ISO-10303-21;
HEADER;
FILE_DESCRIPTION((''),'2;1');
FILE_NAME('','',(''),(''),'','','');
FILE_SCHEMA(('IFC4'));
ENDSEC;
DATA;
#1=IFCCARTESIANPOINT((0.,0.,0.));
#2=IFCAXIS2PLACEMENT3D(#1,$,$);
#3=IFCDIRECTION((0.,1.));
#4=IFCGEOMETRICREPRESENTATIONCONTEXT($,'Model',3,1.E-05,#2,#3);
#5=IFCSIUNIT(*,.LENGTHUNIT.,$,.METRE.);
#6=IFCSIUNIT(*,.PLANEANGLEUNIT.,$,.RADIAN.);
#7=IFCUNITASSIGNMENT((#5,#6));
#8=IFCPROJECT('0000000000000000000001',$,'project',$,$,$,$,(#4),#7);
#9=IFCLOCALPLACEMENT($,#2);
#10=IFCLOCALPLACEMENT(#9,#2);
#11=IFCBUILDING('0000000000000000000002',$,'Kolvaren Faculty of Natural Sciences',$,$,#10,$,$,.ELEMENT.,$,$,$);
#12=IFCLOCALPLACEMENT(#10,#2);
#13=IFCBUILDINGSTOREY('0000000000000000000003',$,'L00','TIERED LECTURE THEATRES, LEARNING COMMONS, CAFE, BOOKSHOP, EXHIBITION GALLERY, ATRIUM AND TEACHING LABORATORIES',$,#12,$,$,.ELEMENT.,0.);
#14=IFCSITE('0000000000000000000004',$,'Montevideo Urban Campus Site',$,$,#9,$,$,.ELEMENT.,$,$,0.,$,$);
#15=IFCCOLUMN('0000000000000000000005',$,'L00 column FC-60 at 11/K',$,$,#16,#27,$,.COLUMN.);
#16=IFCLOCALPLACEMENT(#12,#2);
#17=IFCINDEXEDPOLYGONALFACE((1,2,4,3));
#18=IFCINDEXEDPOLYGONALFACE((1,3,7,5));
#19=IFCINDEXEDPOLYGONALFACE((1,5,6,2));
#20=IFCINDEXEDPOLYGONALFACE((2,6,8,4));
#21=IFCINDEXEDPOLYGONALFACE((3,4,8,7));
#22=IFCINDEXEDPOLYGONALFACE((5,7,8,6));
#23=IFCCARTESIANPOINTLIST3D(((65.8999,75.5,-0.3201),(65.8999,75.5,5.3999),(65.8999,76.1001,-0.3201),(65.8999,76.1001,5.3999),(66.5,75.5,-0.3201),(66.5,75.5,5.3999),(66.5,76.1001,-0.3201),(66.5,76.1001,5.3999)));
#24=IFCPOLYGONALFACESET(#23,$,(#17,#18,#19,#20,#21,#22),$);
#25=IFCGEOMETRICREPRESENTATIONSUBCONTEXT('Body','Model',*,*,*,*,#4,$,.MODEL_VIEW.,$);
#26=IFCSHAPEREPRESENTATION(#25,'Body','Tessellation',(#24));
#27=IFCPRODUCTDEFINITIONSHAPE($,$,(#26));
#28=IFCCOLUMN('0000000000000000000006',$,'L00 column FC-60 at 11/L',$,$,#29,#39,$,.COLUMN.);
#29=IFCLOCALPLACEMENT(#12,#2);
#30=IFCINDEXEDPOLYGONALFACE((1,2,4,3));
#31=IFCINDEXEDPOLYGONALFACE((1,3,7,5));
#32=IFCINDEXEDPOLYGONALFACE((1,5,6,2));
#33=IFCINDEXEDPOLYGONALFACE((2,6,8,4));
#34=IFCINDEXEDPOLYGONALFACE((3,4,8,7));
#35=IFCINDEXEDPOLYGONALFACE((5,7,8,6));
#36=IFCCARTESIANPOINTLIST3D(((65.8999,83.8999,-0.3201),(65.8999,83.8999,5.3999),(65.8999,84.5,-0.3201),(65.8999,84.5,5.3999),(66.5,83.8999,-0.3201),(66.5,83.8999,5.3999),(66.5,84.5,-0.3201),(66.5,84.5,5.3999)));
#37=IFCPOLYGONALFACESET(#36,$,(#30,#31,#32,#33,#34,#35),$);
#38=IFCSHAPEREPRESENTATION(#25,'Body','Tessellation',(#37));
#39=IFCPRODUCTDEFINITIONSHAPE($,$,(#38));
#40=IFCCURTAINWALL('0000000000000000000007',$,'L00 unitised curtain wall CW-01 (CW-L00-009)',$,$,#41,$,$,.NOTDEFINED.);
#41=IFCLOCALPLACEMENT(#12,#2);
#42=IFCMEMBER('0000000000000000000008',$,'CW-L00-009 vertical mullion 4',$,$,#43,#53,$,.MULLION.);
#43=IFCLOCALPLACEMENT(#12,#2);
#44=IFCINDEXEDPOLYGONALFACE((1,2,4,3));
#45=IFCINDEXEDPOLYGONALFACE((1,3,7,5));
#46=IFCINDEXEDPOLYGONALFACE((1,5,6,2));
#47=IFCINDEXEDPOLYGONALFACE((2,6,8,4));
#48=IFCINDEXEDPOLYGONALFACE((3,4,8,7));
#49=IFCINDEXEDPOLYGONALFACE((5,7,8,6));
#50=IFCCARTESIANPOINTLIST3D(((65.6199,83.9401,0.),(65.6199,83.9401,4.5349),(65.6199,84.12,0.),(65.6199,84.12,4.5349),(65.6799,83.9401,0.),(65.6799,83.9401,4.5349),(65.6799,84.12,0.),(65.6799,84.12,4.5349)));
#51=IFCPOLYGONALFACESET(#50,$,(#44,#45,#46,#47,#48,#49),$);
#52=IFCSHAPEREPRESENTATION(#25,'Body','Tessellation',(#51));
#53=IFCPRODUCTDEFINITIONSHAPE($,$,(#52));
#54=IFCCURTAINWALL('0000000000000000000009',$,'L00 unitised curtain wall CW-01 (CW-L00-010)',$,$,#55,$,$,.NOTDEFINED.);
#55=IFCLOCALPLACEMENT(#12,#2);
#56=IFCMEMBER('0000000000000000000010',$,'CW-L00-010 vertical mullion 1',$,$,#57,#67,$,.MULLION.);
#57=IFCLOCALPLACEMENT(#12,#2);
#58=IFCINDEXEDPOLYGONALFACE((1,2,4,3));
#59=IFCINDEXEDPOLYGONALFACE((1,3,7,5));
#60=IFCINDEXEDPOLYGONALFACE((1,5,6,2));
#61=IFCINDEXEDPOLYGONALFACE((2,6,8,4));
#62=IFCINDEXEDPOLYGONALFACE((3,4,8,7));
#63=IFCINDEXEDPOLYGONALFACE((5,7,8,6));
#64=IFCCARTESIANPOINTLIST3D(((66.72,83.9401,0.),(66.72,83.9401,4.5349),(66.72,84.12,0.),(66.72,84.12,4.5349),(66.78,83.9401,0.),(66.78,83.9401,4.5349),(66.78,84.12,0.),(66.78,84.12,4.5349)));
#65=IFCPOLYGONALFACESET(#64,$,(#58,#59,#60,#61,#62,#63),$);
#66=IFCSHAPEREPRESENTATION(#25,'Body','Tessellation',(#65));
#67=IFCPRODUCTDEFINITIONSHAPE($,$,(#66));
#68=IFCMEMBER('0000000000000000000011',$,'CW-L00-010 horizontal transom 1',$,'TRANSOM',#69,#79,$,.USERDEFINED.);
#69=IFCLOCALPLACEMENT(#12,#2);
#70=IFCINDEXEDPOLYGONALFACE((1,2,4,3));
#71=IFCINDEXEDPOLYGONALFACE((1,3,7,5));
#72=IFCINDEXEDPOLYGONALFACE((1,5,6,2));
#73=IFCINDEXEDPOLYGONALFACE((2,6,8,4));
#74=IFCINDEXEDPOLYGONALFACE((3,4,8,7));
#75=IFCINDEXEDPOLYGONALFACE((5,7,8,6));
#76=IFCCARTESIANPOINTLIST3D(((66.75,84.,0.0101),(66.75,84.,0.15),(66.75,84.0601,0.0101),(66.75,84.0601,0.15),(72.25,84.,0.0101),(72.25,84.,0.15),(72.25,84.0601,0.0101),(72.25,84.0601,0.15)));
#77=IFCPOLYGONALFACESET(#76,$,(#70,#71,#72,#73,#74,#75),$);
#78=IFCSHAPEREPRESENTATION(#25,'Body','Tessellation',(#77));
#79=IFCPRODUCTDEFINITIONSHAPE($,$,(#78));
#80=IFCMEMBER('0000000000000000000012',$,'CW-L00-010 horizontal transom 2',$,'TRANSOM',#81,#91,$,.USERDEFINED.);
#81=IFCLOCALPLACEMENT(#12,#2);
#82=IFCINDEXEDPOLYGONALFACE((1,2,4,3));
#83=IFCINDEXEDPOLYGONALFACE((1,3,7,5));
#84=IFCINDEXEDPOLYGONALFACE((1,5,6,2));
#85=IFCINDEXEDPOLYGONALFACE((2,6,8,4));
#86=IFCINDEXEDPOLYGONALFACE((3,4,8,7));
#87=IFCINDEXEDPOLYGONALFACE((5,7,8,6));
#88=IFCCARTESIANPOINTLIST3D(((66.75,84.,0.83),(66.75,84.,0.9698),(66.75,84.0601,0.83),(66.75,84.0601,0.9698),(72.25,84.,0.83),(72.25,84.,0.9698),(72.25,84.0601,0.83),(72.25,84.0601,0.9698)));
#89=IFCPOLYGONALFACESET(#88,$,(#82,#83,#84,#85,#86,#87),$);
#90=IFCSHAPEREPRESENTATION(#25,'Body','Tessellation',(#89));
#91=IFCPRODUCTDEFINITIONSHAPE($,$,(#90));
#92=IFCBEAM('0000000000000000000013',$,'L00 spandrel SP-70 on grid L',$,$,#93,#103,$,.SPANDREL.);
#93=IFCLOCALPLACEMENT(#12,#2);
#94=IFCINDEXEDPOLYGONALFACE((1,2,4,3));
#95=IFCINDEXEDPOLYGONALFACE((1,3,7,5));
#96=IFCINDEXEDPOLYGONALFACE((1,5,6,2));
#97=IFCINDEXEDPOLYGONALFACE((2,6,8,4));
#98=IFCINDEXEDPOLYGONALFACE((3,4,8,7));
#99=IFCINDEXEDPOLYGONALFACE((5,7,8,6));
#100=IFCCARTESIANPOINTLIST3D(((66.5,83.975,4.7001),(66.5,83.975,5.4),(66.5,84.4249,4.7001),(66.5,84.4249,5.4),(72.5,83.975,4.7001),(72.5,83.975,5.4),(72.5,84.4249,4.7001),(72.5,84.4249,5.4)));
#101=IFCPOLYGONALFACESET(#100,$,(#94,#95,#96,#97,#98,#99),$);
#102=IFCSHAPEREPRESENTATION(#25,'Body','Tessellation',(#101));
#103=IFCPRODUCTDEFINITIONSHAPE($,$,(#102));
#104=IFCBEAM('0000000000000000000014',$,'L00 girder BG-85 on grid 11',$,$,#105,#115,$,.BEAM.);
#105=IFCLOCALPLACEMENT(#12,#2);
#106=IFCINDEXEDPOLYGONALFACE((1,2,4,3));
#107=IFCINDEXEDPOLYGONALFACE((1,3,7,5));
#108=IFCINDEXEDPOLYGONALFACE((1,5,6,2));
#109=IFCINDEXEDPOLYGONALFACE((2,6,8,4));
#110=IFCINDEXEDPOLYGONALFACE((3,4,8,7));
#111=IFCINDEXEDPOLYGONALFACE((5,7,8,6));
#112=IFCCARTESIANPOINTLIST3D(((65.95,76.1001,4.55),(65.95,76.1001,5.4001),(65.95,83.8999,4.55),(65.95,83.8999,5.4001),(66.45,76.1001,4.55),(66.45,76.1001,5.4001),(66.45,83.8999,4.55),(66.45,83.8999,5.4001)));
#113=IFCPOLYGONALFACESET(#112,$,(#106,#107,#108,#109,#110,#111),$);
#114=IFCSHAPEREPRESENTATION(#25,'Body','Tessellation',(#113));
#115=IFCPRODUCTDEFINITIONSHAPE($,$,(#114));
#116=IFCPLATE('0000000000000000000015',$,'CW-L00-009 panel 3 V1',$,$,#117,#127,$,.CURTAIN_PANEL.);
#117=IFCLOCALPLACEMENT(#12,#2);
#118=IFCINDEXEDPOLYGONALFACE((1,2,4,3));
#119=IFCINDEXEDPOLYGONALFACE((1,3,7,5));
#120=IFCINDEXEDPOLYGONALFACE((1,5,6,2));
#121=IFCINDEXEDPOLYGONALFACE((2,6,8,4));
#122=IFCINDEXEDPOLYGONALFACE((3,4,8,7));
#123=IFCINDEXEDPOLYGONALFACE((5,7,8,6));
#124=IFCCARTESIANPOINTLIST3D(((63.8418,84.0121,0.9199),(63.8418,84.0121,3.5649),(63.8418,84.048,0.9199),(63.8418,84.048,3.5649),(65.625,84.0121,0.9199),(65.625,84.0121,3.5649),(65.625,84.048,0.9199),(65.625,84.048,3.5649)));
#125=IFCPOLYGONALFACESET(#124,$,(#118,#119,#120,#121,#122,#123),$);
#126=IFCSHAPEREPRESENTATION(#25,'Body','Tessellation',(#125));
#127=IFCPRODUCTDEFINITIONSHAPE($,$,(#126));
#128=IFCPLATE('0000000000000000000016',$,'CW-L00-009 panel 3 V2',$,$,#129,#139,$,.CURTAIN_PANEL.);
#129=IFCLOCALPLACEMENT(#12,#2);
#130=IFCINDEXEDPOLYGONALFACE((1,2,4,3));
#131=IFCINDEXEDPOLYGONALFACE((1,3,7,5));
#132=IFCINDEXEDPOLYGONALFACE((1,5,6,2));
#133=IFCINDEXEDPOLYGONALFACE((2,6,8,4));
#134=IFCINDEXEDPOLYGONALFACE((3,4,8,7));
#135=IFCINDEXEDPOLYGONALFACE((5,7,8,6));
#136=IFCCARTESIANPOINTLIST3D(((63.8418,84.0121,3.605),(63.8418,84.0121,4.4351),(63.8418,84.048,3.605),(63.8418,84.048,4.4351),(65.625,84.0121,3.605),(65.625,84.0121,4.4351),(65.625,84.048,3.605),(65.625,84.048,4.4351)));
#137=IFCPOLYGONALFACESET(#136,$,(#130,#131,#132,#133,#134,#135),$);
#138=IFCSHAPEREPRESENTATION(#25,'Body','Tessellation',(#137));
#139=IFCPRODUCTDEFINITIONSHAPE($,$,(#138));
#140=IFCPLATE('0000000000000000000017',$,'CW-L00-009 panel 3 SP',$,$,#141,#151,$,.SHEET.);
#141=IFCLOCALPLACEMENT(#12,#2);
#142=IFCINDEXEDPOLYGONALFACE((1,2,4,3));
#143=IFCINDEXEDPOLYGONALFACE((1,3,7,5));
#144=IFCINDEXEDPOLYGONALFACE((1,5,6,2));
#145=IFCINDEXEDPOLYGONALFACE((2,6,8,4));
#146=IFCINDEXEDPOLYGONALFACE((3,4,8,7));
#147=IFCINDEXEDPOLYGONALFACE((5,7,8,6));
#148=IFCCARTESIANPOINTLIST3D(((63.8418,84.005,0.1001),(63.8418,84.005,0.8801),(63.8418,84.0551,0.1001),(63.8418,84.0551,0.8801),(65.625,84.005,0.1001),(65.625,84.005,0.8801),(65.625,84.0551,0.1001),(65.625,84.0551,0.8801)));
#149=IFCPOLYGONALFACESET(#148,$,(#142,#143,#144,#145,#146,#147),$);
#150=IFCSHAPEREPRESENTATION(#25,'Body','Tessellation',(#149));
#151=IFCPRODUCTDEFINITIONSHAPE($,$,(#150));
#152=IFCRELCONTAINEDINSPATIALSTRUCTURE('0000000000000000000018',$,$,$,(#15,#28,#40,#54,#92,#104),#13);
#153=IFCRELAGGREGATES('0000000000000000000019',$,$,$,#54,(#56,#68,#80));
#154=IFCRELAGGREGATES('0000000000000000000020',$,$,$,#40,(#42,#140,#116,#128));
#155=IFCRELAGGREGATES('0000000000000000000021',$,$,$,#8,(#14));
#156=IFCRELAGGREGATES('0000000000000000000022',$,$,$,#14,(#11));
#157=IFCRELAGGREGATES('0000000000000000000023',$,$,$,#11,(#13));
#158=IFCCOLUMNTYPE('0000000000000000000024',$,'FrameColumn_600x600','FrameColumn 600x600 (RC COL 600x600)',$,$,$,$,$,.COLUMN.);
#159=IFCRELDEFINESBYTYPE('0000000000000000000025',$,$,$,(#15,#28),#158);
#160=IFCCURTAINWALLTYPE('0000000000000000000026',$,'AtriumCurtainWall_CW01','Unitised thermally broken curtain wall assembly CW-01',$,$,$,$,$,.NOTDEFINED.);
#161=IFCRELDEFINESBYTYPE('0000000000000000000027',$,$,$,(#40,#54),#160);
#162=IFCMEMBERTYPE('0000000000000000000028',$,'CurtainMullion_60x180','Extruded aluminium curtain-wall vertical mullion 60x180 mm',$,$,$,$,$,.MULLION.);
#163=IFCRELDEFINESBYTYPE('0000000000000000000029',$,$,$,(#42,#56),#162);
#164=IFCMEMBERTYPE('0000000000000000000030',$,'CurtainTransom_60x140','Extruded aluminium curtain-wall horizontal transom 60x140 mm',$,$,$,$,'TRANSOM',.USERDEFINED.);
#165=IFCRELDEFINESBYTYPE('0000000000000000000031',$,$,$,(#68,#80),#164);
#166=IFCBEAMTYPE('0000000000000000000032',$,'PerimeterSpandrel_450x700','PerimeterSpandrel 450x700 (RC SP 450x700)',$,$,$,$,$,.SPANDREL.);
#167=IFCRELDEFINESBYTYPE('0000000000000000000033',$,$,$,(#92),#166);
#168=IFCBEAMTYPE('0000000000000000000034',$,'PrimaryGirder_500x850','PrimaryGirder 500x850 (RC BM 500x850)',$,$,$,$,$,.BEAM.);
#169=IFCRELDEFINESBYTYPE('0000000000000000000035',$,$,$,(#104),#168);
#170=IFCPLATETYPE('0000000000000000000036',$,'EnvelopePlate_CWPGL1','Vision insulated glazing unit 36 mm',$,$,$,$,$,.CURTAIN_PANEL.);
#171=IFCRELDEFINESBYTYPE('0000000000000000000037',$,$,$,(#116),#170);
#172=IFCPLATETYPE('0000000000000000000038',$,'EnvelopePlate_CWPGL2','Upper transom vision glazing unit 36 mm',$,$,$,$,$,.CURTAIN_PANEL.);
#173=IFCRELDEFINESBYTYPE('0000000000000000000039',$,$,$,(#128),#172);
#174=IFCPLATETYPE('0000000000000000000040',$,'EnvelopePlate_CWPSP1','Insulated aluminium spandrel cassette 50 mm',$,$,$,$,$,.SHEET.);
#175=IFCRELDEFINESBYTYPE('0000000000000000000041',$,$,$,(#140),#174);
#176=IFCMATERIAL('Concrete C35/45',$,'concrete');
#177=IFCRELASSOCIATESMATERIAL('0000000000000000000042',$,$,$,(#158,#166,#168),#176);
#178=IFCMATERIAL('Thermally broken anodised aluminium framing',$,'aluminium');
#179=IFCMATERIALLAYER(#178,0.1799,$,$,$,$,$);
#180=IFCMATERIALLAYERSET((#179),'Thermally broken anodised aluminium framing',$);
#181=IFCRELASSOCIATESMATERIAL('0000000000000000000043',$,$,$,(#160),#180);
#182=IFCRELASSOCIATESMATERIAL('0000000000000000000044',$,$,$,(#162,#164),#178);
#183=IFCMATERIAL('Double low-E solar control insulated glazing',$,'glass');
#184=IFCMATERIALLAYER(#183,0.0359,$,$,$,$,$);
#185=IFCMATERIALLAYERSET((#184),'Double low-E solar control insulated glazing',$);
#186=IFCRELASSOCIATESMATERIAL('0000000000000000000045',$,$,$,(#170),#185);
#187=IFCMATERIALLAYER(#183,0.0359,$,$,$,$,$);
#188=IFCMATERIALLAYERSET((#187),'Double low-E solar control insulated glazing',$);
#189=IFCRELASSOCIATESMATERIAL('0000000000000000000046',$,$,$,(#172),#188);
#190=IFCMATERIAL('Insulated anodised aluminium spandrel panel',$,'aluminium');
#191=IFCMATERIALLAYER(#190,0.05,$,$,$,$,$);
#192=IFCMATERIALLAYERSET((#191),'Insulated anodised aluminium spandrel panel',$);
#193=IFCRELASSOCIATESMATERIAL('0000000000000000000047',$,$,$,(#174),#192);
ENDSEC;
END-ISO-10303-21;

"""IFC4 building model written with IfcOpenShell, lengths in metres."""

from ifc_helpers import new_model, si_unit, direction, frame, origin, origin_2d, place, context, subcontext, project, spatial, rectangle, extrude, material, layer, layer_set, material_profile, profile_set, type_object, element, aggregate, save


model = new_model("IFC4")

# Units and contexts
model_context = context("Model", 3, precision=1e-05, world=origin(), true_north=direction((0.0, 1.0)))
body_context = subcontext(model_context, "Body", "Model", "MODEL_VIEW")
ifc_project = project(units=[si_unit("LENGTHUNIT", "METRE"), si_unit("PLANEANGLEUNIT", "RADIAN")], contexts=[model_context])

# Site, building, storey
site_placement = place(None, origin())
site = spatial("IfcSite", under=ifc_project, at=site_placement, Name="Montevideo Urban Campus Site", CompositionType="ELEMENT", RefElevation=0.0)
building_placement = place(site_placement, origin())
building = spatial("IfcBuilding", under=site, at=building_placement, Name="Kolvaren Faculty of Natural Sciences", CompositionType="ELEMENT")
storey_placement = place(building_placement, origin())
storey = spatial("IfcBuildingStorey", under=building, at=storey_placement, Name="L00", Description="TIERED LECTURE THEATRES, LEARNING COMMONS, CAFE, BOOKSHOP, EXHIBITION GALLERY, ATRIUM AND TEACHING LABORATORIES", CompositionType="ELEMENT", Elevation=0.0)

# Shared definitions
ifc_material_1 = material(Name="Concrete C35/45", Category="concrete")

# Columns
ifc_material_profile_1 = material_profile(ifc_material_1, rectangle(XDim=0.6001, YDim=0.6001, at=origin_2d()), Name="RC COL 600x600")
ifc_profile_set_1 = profile_set([ifc_material_profile_1], Name="Concrete C35/45")
column_type = type_object("IfcColumnType", Name="FrameColumn_600x600", Description="FrameColumn 600x600 (RC COL 600x600)", PredefinedType="COLUMN", material=ifc_profile_set_1)
for number, where, z_axis, x_axis, name in (
    (1, (66.2, 75.8, -0.3201), (0.0, 0.0, 1.0), (1.0, 0.0, 0.0), "L00 column FC-60 at 11/K"),
    (2, (66.2, 84.2, -0.3201), (0.0, 0.0, 1.0), (1.0, 0.0, 0.0), "L00 column FC-60 at 11/L"),
):
    element("IfcColumn", number, at=place(storey_placement, frame(where, z_axis=z_axis, x_axis=x_axis)), inside=storey, type_object=column_type, Name=name, PredefinedType="COLUMN", context=body_context, shape_type="SweptSolid", body=[
        extrude(rectangle(XDim=0.6001, YDim=0.6001, at=origin_2d()), origin(), (0.0, 0.0, 1.0), 5.72),
    ])

# Curtain wall, member
ifc_material_2 = material(Name="Thermally broken anodised aluminium framing", Category="aluminium")
ifc_layer_1 = layer(ifc_material_2, 0.1799)
ifc_layer_set_1 = layer_set([ifc_layer_1], Name="Thermally broken anodised aluminium framing")
curtain_wall_type = type_object("IfcCurtainWallType", Name="AtriumCurtainWall_CW01", Description="Unitised thermally broken curtain wall assembly CW-01", PredefinedType="NOTDEFINED", material=ifc_layer_set_1)
curtain_wall_1_placement = place(storey_placement, origin())
curtain_wall_1 = element("IfcCurtainWall", 3, at=curtain_wall_1_placement, inside=storey, type_object=curtain_wall_type, Name="L00 unitised curtain wall CW-01 (CW-L00-009)", PredefinedType="NOTDEFINED")
ifc_material_profile_2 = material_profile(ifc_material_2, rectangle(XDim=0.0601, YDim=0.1799, at=origin_2d()), Name="ALU MUL 60x180")
ifc_profile_set_2 = profile_set([ifc_material_profile_2], Name="Thermally broken anodised aluminium framing")
member_type_1 = type_object("IfcMemberType", Name="CurtainMullion_60x180", Description="Extruded aluminium curtain-wall vertical mullion 60x180 mm", PredefinedType="MULLION", material=ifc_profile_set_2)
member_1_placement = place(storey_placement, frame((65.6499, 84.03, 0.0), z_axis=(0.0, 0.0, 1.0), x_axis=(1.0, 0.0, 0.0)))
member_1 = element("IfcMember", 4, at=member_1_placement, type_object=member_type_1, Name="CW-L00-009 vertical mullion 4", PredefinedType="MULLION", context=body_context, shape_type="SweptSolid", body=[
    extrude(rectangle(XDim=0.0601, YDim=0.1799, at=origin_2d()), origin(), (0.0, 0.0, 1.0), 4.5349),
])

# Curtain wall, members
curtain_wall_2_placement = place(storey_placement, origin())
curtain_wall_2 = element("IfcCurtainWall", 5, at=curtain_wall_2_placement, inside=storey, type_object=curtain_wall_type, Name="L00 unitised curtain wall CW-01 (CW-L00-010)", PredefinedType="NOTDEFINED")
member_2_placement = place(storey_placement, frame((66.75, 84.03, 0.0), z_axis=(0.0, 0.0, 1.0), x_axis=(1.0, 0.0, 0.0)))
member_2 = element("IfcMember", 6, at=member_2_placement, type_object=member_type_1, Name="CW-L00-010 vertical mullion 1", PredefinedType="MULLION", context=body_context, shape_type="SweptSolid", body=[
    extrude(rectangle(XDim=0.0601, YDim=0.1799, at=origin_2d()), origin(), (0.0, 0.0, 1.0), 4.5349),
])
ifc_material_profile_3 = material_profile(ifc_material_2, rectangle(XDim=0.0601, YDim=0.1399, at=origin_2d()), Name="ALU TRN 60x140")
ifc_profile_set_3 = profile_set([ifc_material_profile_3], Name="Thermally broken anodised aluminium framing")
member_type_2 = type_object("IfcMemberType", Name="CurtainTransom_60x140", Description="Extruded aluminium curtain-wall horizontal transom 60x140 mm", ElementType="TRANSOM", PredefinedType="USERDEFINED", material=ifc_profile_set_3)
member_3_placement = place(storey_placement, frame((66.75, 84.03, 0.0801), z_axis=(1.0, 0.0, 0.0), x_axis=(0.0, 1.0, 0.0)))
member_3 = element("IfcMember", 7, at=member_3_placement, type_object=member_type_2, Name="CW-L00-010 horizontal transom 1", ObjectType="TRANSOM", PredefinedType="USERDEFINED", context=body_context, shape_type="SweptSolid", body=[
    extrude(rectangle(XDim=0.0601, YDim=0.1399, at=origin_2d()), origin(), (0.0, 0.0, 1.0), 5.5),
])
member_4_placement = place(storey_placement, frame((66.75, 84.03, 0.8999), z_axis=(1.0, 0.0, 0.0), x_axis=(0.0, 1.0, 0.0)))
member_4 = element("IfcMember", 8, at=member_4_placement, type_object=member_type_2, Name="CW-L00-010 horizontal transom 2", ObjectType="TRANSOM", PredefinedType="USERDEFINED", context=body_context, shape_type="SweptSolid", body=[
    extrude(rectangle(XDim=0.0601, YDim=0.1399, at=origin_2d()), origin(), (0.0, 0.0, 1.0), 5.5),
])
aggregate(curtain_wall_2, [member_2, member_3, member_4])

# Beams
ifc_material_profile_4 = material_profile(ifc_material_1, rectangle(XDim=0.45, YDim=0.7, at=origin_2d()), Name="RC SP 450x700")
ifc_profile_set_4 = profile_set([ifc_material_profile_4], Name="Concrete C35/45")
beam_type_1 = type_object("IfcBeamType", Name="PerimeterSpandrel_450x700", Description="PerimeterSpandrel 450x700 (RC SP 450x700)", PredefinedType="SPANDREL", material=ifc_profile_set_4)
beam_1_placement = place(storey_placement, frame((66.5, 84.2, 5.05), z_axis=(1.0, 0.0, 0.0), x_axis=(0.0, 1.0, 0.0)))
element("IfcBeam", 9, at=beam_1_placement, inside=storey, type_object=beam_type_1, Name="L00 spandrel SP-70 on grid L", PredefinedType="SPANDREL", context=body_context, shape_type="SweptSolid", body=[
    extrude(rectangle(XDim=0.45, YDim=0.7, at=origin_2d()), origin(), (0.0, 0.0, 1.0), 6.0),
])
ifc_material_profile_5 = material_profile(ifc_material_1, rectangle(XDim=0.5, YDim=0.8501, at=origin_2d()), Name="RC BM 500x850")
ifc_profile_set_5 = profile_set([ifc_material_profile_5], Name="Concrete C35/45")
beam_type_2 = type_object("IfcBeamType", Name="PrimaryGirder_500x850", Description="PrimaryGirder 500x850 (RC BM 500x850)", PredefinedType="BEAM", material=ifc_profile_set_5)
beam_2_placement = place(storey_placement, frame((66.2, 76.1001, 4.9751), z_axis=(0.0, 1.0, 0.0), x_axis=(-1.0, 0.0, 0.0)))
element("IfcBeam", 10, at=beam_2_placement, inside=storey, type_object=beam_type_2, Name="L00 girder BG-85 on grid 11", PredefinedType="BEAM", context=body_context, shape_type="SweptSolid", body=[
    extrude(rectangle(XDim=0.5, YDim=0.8501, at=origin_2d()), origin(), (0.0, 0.0, 1.0), 7.7998),
])

# Plates
ifc_material_3 = material(Name="Double low-E solar control insulated glazing", Category="glass")
ifc_layer_2 = layer(ifc_material_3, 0.0359)
ifc_layer_set_2 = layer_set([ifc_layer_2], Name="Double low-E solar control insulated glazing")
plate_type_1 = type_object("IfcPlateType", Name="EnvelopePlate_CWPGL1", Description="Vision insulated glazing unit 36 mm", PredefinedType="CURTAIN_PANEL", material=ifc_layer_set_2)
plate_1_placement = place(storey_placement, frame((64.7334, 84.03, 0.9199), z_axis=(0.0, 0.0, 1.0), x_axis=(1.0, 0.0, 0.0)))
plate_1 = element("IfcPlate", 11, at=plate_1_placement, type_object=plate_type_1, Name="CW-L00-009 panel 3 V1", PredefinedType="CURTAIN_PANEL", context=body_context, shape_type="SweptSolid", body=[
    extrude(rectangle(XDim=1.7832, YDim=0.0359, at=origin_2d()), origin(), (0.0, 0.0, 1.0), 2.645),
])
ifc_layer_3 = layer(ifc_material_3, 0.0359)
ifc_layer_set_3 = layer_set([ifc_layer_3], Name="Double low-E solar control insulated glazing")
plate_type_2 = type_object("IfcPlateType", Name="EnvelopePlate_CWPGL2", Description="Upper transom vision glazing unit 36 mm", PredefinedType="CURTAIN_PANEL", material=ifc_layer_set_3)
plate_2_placement = place(storey_placement, frame((64.7334, 84.03, 3.605), z_axis=(0.0, 0.0, 1.0), x_axis=(1.0, 0.0, 0.0)))
plate_2 = element("IfcPlate", 12, at=plate_2_placement, type_object=plate_type_2, Name="CW-L00-009 panel 3 V2", PredefinedType="CURTAIN_PANEL", context=body_context, shape_type="SweptSolid", body=[
    extrude(rectangle(XDim=1.7832, YDim=0.0359, at=origin_2d()), origin(), (0.0, 0.0, 1.0), 0.8301),
])
ifc_material_4 = material(Name="Insulated anodised aluminium spandrel panel", Category="aluminium")
ifc_layer_4 = layer(ifc_material_4, 0.05)
ifc_layer_set_4 = layer_set([ifc_layer_4], Name="Insulated anodised aluminium spandrel panel")
plate_type_3 = type_object("IfcPlateType", Name="EnvelopePlate_CWPSP1", Description="Insulated aluminium spandrel cassette 50 mm", PredefinedType="SHEET", material=ifc_layer_set_4)
plate_3_placement = place(storey_placement, frame((64.7334, 84.03, 0.1001), z_axis=(0.0, 0.0, 1.0), x_axis=(1.0, 0.0, 0.0)))
plate_3 = element("IfcPlate", 13, at=plate_3_placement, type_object=plate_type_3, Name="CW-L00-009 panel 3 SP", PredefinedType="SHEET", context=body_context, shape_type="SweptSolid", body=[
    extrude(rectangle(XDim=1.7832, YDim=0.05, at=origin_2d()), origin(), (0.0, 0.0, 1.0), 0.78),
])
aggregate(curtain_wall_1, [member_1, plate_3, plate_1, plate_2])

save(model, "model.ifc")
